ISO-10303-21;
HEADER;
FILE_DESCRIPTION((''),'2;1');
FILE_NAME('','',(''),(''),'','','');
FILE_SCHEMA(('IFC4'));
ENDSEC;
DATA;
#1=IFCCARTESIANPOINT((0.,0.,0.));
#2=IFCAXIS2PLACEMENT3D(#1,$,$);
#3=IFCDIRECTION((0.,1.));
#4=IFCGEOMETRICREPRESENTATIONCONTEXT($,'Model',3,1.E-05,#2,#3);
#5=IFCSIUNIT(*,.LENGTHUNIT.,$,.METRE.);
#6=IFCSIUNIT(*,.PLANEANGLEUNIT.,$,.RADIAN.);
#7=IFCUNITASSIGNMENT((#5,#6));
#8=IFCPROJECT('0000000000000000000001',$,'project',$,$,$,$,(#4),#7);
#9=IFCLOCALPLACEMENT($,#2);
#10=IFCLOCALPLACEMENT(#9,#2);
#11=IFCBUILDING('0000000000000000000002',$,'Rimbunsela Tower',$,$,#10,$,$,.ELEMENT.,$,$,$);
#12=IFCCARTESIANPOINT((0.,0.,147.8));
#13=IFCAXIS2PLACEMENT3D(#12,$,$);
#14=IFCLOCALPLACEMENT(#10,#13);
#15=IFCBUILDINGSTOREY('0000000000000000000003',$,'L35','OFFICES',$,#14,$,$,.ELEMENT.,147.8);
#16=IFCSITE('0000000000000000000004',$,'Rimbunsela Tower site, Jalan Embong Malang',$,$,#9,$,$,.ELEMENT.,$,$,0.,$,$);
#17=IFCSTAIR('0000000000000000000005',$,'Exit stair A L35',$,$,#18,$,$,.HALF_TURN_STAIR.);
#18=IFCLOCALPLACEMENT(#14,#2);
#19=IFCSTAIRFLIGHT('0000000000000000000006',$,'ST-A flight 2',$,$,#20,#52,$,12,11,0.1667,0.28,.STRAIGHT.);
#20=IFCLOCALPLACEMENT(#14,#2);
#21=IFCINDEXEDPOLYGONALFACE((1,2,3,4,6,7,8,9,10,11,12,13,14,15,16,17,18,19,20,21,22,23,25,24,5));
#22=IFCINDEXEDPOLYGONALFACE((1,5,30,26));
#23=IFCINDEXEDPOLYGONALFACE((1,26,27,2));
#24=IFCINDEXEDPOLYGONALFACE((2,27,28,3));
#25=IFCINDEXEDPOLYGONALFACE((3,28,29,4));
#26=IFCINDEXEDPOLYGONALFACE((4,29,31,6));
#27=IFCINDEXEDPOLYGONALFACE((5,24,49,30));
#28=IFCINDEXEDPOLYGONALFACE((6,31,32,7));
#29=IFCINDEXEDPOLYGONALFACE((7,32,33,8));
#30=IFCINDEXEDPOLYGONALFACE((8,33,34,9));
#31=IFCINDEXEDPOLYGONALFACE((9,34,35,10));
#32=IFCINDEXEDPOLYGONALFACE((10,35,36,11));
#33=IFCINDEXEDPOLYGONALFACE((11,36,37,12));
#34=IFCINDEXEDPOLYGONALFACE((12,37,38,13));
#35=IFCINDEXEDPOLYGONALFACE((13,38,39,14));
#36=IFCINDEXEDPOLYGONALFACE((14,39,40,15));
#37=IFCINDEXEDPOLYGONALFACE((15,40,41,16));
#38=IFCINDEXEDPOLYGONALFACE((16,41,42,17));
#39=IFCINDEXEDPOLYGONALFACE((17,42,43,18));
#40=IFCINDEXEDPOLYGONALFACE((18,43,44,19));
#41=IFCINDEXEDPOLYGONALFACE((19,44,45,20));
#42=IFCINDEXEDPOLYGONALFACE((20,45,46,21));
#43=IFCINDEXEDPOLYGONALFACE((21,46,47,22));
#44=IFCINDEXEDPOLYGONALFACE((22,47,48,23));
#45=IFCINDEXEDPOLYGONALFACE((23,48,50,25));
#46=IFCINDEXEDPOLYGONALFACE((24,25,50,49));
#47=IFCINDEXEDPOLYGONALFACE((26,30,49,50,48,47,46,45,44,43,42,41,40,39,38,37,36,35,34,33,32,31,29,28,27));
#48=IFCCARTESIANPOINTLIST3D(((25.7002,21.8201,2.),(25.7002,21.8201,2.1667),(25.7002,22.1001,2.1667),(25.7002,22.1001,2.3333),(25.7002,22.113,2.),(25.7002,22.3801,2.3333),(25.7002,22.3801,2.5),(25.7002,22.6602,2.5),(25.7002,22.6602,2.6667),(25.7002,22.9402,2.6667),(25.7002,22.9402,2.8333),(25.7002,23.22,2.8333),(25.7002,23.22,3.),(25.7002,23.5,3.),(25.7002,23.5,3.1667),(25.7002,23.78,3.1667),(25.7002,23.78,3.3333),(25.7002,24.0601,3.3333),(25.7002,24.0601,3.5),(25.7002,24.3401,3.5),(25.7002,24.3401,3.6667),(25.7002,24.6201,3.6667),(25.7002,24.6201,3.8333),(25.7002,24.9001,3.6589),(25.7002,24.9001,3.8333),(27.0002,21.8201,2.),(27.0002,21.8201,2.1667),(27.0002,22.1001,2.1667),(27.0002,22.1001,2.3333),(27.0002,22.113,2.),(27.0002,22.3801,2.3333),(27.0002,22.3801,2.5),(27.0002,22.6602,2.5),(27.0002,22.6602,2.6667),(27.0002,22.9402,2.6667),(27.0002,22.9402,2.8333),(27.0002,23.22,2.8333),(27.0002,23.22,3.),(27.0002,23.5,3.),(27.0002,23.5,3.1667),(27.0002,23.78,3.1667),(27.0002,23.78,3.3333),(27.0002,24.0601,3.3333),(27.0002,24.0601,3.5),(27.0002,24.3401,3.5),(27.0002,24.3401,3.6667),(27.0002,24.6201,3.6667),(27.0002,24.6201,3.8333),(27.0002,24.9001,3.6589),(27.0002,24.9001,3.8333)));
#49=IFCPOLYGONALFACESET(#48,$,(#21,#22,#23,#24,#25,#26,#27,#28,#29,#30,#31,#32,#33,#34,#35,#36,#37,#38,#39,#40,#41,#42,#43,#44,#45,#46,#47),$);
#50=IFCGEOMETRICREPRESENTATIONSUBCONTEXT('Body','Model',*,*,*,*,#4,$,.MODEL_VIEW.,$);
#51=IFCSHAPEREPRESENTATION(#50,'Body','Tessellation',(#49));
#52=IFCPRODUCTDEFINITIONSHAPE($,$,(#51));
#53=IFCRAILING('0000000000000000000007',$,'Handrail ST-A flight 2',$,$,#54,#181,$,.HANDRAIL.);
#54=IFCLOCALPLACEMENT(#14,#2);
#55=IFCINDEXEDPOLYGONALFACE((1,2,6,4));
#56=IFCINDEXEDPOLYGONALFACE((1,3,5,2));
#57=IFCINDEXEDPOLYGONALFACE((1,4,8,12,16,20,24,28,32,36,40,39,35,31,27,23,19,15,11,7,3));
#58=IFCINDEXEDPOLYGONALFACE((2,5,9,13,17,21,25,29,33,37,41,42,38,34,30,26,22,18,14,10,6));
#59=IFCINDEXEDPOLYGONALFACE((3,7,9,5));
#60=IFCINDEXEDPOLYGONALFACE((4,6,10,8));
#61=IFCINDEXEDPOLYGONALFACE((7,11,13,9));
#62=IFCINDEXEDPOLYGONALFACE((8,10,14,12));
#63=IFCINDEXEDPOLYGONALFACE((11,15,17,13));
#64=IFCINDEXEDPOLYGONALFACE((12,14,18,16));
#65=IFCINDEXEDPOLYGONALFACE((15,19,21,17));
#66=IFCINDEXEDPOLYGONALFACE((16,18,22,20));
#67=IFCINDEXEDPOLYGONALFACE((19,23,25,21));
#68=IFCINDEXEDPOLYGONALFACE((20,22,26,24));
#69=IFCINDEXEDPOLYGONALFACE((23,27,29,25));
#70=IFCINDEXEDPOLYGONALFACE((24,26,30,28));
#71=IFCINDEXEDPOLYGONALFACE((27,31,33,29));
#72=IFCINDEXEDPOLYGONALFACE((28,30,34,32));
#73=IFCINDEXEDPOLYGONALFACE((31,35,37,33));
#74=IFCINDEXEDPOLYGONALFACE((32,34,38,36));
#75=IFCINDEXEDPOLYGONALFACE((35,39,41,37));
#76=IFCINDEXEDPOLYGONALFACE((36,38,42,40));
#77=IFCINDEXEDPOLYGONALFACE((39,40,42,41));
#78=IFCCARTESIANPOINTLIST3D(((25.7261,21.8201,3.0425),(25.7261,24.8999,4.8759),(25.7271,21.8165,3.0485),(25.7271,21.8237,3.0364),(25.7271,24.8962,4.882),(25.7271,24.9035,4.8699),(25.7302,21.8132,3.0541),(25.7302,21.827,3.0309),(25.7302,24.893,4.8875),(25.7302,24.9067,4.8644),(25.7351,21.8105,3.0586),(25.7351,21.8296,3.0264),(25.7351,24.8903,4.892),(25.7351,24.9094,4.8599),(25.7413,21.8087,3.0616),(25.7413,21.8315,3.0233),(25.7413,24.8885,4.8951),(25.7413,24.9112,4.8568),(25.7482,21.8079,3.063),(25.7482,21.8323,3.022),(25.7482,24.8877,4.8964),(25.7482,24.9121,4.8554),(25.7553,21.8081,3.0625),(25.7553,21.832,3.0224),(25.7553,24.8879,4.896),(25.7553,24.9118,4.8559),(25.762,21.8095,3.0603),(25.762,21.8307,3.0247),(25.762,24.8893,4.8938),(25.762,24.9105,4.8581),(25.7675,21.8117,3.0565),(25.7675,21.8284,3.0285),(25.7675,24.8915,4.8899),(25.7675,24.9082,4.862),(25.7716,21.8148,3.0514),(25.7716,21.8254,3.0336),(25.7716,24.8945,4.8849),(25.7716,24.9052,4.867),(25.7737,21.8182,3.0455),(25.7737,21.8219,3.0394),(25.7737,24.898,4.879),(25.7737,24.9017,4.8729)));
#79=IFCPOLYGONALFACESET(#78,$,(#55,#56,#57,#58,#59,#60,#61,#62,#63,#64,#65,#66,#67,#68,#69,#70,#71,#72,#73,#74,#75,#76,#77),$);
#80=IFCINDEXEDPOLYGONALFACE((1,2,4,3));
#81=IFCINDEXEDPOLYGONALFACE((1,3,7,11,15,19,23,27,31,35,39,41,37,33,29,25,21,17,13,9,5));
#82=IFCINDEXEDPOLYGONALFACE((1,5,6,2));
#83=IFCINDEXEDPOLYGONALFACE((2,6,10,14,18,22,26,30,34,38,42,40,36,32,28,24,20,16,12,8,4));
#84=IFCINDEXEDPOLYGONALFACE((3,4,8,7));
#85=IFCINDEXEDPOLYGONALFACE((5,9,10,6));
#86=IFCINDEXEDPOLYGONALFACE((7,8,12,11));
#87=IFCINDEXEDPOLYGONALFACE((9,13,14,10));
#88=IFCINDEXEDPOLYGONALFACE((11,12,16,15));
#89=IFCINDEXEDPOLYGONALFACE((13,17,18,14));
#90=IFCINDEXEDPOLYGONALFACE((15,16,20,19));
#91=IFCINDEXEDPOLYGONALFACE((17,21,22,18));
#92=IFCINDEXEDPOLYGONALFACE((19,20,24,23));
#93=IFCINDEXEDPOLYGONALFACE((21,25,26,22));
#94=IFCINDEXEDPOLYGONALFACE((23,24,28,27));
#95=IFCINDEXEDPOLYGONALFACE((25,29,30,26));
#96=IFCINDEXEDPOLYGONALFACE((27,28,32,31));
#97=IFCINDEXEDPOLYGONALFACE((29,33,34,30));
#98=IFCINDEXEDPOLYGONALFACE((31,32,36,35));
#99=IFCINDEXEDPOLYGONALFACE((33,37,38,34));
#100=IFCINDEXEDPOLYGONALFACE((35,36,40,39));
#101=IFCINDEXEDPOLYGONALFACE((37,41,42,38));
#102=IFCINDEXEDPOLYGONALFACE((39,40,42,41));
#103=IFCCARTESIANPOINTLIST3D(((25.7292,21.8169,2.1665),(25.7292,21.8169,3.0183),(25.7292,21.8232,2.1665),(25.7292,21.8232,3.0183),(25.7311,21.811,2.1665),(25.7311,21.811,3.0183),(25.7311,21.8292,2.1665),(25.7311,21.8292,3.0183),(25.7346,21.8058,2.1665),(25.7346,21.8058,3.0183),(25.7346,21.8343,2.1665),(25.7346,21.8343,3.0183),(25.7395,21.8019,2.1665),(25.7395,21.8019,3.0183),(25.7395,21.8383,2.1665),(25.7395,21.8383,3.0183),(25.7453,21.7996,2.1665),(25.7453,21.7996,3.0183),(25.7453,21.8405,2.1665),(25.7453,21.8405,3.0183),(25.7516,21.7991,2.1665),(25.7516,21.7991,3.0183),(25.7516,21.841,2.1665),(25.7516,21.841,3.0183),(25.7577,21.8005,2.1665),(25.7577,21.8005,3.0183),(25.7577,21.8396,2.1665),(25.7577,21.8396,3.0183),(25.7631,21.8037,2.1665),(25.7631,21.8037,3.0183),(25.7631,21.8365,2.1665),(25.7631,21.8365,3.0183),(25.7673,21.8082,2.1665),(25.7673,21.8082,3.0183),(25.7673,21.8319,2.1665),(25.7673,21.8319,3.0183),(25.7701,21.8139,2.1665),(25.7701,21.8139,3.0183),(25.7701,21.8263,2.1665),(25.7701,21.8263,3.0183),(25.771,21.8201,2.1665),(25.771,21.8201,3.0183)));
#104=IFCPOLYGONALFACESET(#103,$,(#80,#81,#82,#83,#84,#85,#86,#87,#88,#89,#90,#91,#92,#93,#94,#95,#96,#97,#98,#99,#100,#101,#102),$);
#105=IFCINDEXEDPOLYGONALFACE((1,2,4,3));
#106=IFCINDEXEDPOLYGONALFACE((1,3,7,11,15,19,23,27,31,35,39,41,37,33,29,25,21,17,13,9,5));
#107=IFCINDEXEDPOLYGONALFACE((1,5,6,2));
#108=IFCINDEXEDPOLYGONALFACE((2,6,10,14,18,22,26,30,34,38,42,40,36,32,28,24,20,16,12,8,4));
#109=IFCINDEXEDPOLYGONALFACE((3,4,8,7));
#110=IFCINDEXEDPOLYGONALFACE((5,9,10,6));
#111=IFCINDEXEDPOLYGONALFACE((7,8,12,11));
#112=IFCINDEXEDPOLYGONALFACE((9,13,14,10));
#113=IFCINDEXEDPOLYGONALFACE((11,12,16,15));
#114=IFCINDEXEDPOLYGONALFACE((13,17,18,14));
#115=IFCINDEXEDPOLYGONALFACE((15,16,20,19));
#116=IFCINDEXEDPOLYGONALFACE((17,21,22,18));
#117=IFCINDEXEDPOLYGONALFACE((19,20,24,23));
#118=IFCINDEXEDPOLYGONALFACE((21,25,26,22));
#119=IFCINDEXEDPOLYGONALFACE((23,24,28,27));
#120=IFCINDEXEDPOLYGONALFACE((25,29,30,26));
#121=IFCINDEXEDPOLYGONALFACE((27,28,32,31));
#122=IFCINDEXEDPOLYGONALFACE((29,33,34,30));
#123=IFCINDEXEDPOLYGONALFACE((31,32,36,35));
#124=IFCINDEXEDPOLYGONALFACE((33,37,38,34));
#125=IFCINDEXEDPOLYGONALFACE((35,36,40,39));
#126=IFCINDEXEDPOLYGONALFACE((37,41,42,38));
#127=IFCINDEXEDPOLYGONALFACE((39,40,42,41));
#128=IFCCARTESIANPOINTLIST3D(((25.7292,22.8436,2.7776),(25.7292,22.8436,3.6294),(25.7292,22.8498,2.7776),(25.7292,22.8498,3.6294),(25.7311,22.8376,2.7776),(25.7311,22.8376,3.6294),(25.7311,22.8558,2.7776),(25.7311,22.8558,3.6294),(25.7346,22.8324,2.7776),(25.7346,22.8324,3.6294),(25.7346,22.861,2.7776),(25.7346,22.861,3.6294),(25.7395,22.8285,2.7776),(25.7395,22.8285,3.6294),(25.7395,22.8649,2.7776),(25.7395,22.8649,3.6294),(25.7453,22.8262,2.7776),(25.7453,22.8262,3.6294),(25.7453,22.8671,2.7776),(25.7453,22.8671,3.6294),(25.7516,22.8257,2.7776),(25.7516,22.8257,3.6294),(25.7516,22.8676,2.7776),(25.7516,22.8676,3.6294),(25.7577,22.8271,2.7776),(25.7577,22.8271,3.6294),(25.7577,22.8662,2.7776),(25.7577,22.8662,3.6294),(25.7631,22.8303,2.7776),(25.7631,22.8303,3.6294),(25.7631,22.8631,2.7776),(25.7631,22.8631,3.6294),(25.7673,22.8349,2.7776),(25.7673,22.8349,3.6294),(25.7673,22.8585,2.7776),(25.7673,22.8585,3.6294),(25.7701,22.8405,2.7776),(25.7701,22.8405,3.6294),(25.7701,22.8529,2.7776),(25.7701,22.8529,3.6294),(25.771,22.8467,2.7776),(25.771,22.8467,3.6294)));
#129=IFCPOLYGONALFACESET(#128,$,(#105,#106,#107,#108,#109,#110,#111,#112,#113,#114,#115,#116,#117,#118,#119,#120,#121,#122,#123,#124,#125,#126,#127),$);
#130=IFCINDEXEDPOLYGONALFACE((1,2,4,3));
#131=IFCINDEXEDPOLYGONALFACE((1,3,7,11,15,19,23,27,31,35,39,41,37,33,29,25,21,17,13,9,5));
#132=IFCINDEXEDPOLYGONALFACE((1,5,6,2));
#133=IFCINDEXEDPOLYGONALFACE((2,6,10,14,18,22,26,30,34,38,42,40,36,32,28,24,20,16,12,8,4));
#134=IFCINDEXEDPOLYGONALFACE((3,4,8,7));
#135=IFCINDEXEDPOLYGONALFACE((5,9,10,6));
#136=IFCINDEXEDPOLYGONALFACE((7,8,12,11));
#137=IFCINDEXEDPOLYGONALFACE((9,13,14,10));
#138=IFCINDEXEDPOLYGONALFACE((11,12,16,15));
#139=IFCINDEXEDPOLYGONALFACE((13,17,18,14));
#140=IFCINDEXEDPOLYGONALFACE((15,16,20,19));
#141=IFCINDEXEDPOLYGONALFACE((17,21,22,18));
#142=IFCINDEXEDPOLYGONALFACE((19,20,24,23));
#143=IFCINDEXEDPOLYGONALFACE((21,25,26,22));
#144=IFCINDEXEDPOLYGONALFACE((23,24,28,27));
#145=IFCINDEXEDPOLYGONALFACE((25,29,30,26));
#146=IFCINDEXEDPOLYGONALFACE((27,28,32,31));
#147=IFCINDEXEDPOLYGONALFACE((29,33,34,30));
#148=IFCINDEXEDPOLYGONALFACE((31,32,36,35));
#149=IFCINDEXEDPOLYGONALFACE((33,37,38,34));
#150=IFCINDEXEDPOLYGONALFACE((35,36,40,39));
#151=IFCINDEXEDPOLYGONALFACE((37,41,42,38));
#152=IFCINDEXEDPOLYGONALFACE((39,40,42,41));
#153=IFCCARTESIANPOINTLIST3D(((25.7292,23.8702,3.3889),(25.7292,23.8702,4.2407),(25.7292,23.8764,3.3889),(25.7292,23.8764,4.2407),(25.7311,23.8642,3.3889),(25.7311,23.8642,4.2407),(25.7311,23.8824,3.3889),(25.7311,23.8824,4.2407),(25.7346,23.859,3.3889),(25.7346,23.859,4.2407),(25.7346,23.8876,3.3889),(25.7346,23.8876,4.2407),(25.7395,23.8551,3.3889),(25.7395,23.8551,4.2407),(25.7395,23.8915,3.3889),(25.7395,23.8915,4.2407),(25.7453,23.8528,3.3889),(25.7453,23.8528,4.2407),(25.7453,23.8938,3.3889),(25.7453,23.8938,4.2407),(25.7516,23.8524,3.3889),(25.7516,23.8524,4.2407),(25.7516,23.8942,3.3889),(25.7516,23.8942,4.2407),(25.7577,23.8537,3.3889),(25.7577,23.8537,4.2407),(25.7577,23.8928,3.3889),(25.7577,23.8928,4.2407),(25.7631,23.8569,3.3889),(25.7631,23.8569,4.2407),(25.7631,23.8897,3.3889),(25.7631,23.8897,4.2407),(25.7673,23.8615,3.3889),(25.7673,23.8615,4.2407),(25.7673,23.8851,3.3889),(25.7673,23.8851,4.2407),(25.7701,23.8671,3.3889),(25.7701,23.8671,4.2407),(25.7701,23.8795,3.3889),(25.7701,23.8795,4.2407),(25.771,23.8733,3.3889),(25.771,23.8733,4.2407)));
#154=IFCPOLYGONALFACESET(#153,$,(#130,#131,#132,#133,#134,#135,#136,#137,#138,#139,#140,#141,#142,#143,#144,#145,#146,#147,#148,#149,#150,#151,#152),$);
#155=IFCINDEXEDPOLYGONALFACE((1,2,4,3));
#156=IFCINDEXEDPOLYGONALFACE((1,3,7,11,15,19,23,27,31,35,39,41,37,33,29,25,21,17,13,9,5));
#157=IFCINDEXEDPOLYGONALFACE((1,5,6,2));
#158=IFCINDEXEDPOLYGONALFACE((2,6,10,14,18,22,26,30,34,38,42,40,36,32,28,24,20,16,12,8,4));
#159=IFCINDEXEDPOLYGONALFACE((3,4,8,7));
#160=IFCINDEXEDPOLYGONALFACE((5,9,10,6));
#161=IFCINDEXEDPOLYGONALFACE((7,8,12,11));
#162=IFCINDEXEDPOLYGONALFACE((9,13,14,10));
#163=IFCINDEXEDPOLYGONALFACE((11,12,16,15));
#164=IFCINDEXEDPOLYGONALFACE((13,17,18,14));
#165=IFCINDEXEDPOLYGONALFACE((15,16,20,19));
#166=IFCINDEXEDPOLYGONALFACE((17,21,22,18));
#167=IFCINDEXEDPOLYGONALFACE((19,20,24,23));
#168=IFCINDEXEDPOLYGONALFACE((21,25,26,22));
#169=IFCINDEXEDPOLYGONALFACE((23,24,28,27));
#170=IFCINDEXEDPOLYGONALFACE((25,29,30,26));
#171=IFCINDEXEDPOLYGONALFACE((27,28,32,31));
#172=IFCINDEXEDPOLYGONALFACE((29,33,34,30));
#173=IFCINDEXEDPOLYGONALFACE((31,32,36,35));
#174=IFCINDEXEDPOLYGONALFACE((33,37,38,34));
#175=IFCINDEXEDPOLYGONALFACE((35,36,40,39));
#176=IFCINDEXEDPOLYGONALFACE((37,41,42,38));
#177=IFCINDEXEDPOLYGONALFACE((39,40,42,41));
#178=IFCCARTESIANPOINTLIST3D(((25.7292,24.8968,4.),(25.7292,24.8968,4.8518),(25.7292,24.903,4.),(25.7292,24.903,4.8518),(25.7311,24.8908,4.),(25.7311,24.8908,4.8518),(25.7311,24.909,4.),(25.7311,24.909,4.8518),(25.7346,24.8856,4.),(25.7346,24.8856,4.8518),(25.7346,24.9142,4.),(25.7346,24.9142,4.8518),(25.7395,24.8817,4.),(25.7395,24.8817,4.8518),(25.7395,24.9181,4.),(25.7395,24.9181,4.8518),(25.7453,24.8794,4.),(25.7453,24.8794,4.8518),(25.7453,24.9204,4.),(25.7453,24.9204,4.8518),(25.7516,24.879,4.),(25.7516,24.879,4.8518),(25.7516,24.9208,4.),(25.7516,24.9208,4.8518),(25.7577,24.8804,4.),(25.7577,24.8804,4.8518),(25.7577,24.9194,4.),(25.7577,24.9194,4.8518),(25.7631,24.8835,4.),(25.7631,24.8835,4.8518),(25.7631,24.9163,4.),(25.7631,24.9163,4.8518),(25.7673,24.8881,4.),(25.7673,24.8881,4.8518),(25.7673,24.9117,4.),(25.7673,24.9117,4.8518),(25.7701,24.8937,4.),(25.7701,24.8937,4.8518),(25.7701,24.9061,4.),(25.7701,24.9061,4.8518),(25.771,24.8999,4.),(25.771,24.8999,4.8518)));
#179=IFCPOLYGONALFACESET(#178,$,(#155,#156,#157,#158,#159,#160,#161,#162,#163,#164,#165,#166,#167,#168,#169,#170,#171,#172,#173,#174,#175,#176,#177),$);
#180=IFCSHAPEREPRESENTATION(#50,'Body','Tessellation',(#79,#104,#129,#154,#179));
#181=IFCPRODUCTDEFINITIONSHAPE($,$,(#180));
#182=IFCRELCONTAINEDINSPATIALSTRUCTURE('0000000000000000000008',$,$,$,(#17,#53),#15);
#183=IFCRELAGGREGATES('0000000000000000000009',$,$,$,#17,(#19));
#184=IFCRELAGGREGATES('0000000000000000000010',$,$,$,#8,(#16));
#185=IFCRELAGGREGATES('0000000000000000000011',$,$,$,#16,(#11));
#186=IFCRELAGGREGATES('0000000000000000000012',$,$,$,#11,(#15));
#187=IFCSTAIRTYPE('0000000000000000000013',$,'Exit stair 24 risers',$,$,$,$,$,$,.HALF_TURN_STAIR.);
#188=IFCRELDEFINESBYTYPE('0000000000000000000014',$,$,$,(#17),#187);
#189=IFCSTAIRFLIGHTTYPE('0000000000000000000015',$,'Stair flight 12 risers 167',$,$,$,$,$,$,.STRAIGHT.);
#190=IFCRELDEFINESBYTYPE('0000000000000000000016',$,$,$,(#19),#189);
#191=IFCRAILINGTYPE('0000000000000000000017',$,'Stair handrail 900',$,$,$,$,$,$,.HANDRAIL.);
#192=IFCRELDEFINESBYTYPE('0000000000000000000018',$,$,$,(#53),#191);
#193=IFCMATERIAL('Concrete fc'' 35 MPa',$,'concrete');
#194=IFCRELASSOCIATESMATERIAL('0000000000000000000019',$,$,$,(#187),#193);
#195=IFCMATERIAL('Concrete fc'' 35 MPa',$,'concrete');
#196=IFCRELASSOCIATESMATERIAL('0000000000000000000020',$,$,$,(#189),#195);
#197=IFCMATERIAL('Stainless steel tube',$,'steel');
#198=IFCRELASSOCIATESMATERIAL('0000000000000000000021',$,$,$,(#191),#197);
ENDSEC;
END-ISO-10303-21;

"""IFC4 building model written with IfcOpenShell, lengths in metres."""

from ifc_helpers import new_model, si_unit, direction, frame, origin, origin_2d, place, context, subcontext, project, spatial, polyline, circle, outline, extrude, material, type_object, element, aggregate, save


model = new_model("IFC4")

# Units and contexts
model_context = context("Model", 3, precision=1e-05, world=origin(), true_north=direction((0.0, 1.0)))
body_context = subcontext(model_context, "Body", "Model", "MODEL_VIEW")
ifc_project = project(units=[si_unit("LENGTHUNIT", "METRE"), si_unit("PLANEANGLEUNIT", "RADIAN")], contexts=[model_context])

# Site, building, storey
site_placement = place(None, origin())
site = spatial("IfcSite", under=ifc_project, at=site_placement, Name="Rimbunsela Tower site, Jalan Embong Malang", CompositionType="ELEMENT", RefElevation=0.0)
building_placement = place(site_placement, origin())
building = spatial("IfcBuilding", under=site, at=building_placement, Name="Rimbunsela Tower", CompositionType="ELEMENT")
storey_placement = place(building_placement, frame((0.0, 0.0, 147.8)))
storey = spatial("IfcBuildingStorey", under=building, at=storey_placement, Name="L35", Description="OFFICES", CompositionType="ELEMENT", Elevation=147.8)

# Stair, stair flight
ifc_material_1 = material(Name="Concrete fc' 35 MPa", Category="concrete")
stair_type = type_object("IfcStairType", Name="Exit stair 24 risers", PredefinedType="HALF_TURN_STAIR", material=ifc_material_1)
stair_placement = place(storey_placement, origin())
stair = element("IfcStair", 1, at=stair_placement, inside=storey, type_object=stair_type, Name="Exit stair A L35", PredefinedType="HALF_TURN_STAIR")
ifc_material_2 = material(Name="Concrete fc' 35 MPa", Category="concrete")
stair_flight_type = type_object("IfcStairFlightType", Name="Stair flight 12 risers 167", PredefinedType="STRAIGHT", material=ifc_material_2)
stair_flight_placement = place(storey_placement, frame((26.3501, 21.8201, 2.0), z_axis=(0.0, 0.0, 1.0), x_axis=(0.0, 1.0, 0.0)))
stair_flight = element("IfcStairFlight", 2, at=stair_flight_placement, type_object=stair_flight_type, Name="ST-A flight 2", NumberOfRisers=12, NumberOfTreads=11, PredefinedType="STRAIGHT", RiserHeight=0.1667, TreadLength=0.28, context=body_context, shape_type="SweptSolid", body=[
    extrude(outline(polyline([(0.0, 0.0), (0.0, 0.1667), (0.28, 0.1667), (0.28, 0.3333), (0.5601, 0.3333), (0.5601, 0.5), (0.8401, 0.5), (0.8401, 0.6667), (1.1201, 0.6667), (1.1201, 0.8333), (1.3999, 0.8333), (1.3999, 1.0), (1.6799, 1.0), (1.6799, 1.1667), (1.96, 1.1667), (1.96, 1.3333), (2.24, 1.3333), (2.24, 1.5), (2.52, 1.5), (2.52, 1.6667), (2.8, 1.6667), (2.8, 1.8333), (3.0801, 1.8333), (3.0801, 2.0), (3.0801, 1.6589), (0.293, 0.0), (0.0, 0.0)])), frame((0.0, 0.6499, 0.0), z_axis=(0.0, -1.0, 0.0), x_axis=(1.0, 0.0, 0.0)), (0.0, 0.0, 1.0), 1.3),
])
aggregate(stair, [stair_flight])

# Railing
ifc_material_3 = material(Name="Stainless steel tube", Category="steel")
railing_type = type_object("IfcRailingType", Name="Stair handrail 900", PredefinedType="HANDRAIL", material=ifc_material_3)
railing_placement = place(storey_placement, frame((25.75, 21.8201, 2.1665)))
element("IfcRailing", 3, at=railing_placement, inside=storey, type_object=railing_type, Name="Handrail ST-A flight 2", PredefinedType="HANDRAIL", context=body_context, shape_type="SweptSolid", body=[
    extrude(circle(Radius=0.0239, at=origin_2d()), frame((0.0, 0.0, 0.876), z_axis=(0.0, 0.859261, 0.511538), x_axis=(-1.0, 0.0, 0.0)), (0.0, 0.0, 1.0), 3.5842),
    extrude(circle(Radius=0.021, at=origin_2d()), origin(), (0.0, 0.0, 1.0), 0.8518),
    extrude(circle(Radius=0.021, at=origin_2d()), frame((0.0, 1.0266, 0.6111)), (0.0, 0.0, 1.0), 0.8518),
    extrude(circle(Radius=0.021, at=origin_2d()), frame((0.0, 2.0532, 1.2224)), (0.0, 0.0, 1.0), 0.8518),
    extrude(circle(Radius=0.021, at=origin_2d()), frame((0.0, 3.0798, 1.8335)), (0.0, 0.0, 1.0), 0.8518),
])

save(model, "model.ifc")
